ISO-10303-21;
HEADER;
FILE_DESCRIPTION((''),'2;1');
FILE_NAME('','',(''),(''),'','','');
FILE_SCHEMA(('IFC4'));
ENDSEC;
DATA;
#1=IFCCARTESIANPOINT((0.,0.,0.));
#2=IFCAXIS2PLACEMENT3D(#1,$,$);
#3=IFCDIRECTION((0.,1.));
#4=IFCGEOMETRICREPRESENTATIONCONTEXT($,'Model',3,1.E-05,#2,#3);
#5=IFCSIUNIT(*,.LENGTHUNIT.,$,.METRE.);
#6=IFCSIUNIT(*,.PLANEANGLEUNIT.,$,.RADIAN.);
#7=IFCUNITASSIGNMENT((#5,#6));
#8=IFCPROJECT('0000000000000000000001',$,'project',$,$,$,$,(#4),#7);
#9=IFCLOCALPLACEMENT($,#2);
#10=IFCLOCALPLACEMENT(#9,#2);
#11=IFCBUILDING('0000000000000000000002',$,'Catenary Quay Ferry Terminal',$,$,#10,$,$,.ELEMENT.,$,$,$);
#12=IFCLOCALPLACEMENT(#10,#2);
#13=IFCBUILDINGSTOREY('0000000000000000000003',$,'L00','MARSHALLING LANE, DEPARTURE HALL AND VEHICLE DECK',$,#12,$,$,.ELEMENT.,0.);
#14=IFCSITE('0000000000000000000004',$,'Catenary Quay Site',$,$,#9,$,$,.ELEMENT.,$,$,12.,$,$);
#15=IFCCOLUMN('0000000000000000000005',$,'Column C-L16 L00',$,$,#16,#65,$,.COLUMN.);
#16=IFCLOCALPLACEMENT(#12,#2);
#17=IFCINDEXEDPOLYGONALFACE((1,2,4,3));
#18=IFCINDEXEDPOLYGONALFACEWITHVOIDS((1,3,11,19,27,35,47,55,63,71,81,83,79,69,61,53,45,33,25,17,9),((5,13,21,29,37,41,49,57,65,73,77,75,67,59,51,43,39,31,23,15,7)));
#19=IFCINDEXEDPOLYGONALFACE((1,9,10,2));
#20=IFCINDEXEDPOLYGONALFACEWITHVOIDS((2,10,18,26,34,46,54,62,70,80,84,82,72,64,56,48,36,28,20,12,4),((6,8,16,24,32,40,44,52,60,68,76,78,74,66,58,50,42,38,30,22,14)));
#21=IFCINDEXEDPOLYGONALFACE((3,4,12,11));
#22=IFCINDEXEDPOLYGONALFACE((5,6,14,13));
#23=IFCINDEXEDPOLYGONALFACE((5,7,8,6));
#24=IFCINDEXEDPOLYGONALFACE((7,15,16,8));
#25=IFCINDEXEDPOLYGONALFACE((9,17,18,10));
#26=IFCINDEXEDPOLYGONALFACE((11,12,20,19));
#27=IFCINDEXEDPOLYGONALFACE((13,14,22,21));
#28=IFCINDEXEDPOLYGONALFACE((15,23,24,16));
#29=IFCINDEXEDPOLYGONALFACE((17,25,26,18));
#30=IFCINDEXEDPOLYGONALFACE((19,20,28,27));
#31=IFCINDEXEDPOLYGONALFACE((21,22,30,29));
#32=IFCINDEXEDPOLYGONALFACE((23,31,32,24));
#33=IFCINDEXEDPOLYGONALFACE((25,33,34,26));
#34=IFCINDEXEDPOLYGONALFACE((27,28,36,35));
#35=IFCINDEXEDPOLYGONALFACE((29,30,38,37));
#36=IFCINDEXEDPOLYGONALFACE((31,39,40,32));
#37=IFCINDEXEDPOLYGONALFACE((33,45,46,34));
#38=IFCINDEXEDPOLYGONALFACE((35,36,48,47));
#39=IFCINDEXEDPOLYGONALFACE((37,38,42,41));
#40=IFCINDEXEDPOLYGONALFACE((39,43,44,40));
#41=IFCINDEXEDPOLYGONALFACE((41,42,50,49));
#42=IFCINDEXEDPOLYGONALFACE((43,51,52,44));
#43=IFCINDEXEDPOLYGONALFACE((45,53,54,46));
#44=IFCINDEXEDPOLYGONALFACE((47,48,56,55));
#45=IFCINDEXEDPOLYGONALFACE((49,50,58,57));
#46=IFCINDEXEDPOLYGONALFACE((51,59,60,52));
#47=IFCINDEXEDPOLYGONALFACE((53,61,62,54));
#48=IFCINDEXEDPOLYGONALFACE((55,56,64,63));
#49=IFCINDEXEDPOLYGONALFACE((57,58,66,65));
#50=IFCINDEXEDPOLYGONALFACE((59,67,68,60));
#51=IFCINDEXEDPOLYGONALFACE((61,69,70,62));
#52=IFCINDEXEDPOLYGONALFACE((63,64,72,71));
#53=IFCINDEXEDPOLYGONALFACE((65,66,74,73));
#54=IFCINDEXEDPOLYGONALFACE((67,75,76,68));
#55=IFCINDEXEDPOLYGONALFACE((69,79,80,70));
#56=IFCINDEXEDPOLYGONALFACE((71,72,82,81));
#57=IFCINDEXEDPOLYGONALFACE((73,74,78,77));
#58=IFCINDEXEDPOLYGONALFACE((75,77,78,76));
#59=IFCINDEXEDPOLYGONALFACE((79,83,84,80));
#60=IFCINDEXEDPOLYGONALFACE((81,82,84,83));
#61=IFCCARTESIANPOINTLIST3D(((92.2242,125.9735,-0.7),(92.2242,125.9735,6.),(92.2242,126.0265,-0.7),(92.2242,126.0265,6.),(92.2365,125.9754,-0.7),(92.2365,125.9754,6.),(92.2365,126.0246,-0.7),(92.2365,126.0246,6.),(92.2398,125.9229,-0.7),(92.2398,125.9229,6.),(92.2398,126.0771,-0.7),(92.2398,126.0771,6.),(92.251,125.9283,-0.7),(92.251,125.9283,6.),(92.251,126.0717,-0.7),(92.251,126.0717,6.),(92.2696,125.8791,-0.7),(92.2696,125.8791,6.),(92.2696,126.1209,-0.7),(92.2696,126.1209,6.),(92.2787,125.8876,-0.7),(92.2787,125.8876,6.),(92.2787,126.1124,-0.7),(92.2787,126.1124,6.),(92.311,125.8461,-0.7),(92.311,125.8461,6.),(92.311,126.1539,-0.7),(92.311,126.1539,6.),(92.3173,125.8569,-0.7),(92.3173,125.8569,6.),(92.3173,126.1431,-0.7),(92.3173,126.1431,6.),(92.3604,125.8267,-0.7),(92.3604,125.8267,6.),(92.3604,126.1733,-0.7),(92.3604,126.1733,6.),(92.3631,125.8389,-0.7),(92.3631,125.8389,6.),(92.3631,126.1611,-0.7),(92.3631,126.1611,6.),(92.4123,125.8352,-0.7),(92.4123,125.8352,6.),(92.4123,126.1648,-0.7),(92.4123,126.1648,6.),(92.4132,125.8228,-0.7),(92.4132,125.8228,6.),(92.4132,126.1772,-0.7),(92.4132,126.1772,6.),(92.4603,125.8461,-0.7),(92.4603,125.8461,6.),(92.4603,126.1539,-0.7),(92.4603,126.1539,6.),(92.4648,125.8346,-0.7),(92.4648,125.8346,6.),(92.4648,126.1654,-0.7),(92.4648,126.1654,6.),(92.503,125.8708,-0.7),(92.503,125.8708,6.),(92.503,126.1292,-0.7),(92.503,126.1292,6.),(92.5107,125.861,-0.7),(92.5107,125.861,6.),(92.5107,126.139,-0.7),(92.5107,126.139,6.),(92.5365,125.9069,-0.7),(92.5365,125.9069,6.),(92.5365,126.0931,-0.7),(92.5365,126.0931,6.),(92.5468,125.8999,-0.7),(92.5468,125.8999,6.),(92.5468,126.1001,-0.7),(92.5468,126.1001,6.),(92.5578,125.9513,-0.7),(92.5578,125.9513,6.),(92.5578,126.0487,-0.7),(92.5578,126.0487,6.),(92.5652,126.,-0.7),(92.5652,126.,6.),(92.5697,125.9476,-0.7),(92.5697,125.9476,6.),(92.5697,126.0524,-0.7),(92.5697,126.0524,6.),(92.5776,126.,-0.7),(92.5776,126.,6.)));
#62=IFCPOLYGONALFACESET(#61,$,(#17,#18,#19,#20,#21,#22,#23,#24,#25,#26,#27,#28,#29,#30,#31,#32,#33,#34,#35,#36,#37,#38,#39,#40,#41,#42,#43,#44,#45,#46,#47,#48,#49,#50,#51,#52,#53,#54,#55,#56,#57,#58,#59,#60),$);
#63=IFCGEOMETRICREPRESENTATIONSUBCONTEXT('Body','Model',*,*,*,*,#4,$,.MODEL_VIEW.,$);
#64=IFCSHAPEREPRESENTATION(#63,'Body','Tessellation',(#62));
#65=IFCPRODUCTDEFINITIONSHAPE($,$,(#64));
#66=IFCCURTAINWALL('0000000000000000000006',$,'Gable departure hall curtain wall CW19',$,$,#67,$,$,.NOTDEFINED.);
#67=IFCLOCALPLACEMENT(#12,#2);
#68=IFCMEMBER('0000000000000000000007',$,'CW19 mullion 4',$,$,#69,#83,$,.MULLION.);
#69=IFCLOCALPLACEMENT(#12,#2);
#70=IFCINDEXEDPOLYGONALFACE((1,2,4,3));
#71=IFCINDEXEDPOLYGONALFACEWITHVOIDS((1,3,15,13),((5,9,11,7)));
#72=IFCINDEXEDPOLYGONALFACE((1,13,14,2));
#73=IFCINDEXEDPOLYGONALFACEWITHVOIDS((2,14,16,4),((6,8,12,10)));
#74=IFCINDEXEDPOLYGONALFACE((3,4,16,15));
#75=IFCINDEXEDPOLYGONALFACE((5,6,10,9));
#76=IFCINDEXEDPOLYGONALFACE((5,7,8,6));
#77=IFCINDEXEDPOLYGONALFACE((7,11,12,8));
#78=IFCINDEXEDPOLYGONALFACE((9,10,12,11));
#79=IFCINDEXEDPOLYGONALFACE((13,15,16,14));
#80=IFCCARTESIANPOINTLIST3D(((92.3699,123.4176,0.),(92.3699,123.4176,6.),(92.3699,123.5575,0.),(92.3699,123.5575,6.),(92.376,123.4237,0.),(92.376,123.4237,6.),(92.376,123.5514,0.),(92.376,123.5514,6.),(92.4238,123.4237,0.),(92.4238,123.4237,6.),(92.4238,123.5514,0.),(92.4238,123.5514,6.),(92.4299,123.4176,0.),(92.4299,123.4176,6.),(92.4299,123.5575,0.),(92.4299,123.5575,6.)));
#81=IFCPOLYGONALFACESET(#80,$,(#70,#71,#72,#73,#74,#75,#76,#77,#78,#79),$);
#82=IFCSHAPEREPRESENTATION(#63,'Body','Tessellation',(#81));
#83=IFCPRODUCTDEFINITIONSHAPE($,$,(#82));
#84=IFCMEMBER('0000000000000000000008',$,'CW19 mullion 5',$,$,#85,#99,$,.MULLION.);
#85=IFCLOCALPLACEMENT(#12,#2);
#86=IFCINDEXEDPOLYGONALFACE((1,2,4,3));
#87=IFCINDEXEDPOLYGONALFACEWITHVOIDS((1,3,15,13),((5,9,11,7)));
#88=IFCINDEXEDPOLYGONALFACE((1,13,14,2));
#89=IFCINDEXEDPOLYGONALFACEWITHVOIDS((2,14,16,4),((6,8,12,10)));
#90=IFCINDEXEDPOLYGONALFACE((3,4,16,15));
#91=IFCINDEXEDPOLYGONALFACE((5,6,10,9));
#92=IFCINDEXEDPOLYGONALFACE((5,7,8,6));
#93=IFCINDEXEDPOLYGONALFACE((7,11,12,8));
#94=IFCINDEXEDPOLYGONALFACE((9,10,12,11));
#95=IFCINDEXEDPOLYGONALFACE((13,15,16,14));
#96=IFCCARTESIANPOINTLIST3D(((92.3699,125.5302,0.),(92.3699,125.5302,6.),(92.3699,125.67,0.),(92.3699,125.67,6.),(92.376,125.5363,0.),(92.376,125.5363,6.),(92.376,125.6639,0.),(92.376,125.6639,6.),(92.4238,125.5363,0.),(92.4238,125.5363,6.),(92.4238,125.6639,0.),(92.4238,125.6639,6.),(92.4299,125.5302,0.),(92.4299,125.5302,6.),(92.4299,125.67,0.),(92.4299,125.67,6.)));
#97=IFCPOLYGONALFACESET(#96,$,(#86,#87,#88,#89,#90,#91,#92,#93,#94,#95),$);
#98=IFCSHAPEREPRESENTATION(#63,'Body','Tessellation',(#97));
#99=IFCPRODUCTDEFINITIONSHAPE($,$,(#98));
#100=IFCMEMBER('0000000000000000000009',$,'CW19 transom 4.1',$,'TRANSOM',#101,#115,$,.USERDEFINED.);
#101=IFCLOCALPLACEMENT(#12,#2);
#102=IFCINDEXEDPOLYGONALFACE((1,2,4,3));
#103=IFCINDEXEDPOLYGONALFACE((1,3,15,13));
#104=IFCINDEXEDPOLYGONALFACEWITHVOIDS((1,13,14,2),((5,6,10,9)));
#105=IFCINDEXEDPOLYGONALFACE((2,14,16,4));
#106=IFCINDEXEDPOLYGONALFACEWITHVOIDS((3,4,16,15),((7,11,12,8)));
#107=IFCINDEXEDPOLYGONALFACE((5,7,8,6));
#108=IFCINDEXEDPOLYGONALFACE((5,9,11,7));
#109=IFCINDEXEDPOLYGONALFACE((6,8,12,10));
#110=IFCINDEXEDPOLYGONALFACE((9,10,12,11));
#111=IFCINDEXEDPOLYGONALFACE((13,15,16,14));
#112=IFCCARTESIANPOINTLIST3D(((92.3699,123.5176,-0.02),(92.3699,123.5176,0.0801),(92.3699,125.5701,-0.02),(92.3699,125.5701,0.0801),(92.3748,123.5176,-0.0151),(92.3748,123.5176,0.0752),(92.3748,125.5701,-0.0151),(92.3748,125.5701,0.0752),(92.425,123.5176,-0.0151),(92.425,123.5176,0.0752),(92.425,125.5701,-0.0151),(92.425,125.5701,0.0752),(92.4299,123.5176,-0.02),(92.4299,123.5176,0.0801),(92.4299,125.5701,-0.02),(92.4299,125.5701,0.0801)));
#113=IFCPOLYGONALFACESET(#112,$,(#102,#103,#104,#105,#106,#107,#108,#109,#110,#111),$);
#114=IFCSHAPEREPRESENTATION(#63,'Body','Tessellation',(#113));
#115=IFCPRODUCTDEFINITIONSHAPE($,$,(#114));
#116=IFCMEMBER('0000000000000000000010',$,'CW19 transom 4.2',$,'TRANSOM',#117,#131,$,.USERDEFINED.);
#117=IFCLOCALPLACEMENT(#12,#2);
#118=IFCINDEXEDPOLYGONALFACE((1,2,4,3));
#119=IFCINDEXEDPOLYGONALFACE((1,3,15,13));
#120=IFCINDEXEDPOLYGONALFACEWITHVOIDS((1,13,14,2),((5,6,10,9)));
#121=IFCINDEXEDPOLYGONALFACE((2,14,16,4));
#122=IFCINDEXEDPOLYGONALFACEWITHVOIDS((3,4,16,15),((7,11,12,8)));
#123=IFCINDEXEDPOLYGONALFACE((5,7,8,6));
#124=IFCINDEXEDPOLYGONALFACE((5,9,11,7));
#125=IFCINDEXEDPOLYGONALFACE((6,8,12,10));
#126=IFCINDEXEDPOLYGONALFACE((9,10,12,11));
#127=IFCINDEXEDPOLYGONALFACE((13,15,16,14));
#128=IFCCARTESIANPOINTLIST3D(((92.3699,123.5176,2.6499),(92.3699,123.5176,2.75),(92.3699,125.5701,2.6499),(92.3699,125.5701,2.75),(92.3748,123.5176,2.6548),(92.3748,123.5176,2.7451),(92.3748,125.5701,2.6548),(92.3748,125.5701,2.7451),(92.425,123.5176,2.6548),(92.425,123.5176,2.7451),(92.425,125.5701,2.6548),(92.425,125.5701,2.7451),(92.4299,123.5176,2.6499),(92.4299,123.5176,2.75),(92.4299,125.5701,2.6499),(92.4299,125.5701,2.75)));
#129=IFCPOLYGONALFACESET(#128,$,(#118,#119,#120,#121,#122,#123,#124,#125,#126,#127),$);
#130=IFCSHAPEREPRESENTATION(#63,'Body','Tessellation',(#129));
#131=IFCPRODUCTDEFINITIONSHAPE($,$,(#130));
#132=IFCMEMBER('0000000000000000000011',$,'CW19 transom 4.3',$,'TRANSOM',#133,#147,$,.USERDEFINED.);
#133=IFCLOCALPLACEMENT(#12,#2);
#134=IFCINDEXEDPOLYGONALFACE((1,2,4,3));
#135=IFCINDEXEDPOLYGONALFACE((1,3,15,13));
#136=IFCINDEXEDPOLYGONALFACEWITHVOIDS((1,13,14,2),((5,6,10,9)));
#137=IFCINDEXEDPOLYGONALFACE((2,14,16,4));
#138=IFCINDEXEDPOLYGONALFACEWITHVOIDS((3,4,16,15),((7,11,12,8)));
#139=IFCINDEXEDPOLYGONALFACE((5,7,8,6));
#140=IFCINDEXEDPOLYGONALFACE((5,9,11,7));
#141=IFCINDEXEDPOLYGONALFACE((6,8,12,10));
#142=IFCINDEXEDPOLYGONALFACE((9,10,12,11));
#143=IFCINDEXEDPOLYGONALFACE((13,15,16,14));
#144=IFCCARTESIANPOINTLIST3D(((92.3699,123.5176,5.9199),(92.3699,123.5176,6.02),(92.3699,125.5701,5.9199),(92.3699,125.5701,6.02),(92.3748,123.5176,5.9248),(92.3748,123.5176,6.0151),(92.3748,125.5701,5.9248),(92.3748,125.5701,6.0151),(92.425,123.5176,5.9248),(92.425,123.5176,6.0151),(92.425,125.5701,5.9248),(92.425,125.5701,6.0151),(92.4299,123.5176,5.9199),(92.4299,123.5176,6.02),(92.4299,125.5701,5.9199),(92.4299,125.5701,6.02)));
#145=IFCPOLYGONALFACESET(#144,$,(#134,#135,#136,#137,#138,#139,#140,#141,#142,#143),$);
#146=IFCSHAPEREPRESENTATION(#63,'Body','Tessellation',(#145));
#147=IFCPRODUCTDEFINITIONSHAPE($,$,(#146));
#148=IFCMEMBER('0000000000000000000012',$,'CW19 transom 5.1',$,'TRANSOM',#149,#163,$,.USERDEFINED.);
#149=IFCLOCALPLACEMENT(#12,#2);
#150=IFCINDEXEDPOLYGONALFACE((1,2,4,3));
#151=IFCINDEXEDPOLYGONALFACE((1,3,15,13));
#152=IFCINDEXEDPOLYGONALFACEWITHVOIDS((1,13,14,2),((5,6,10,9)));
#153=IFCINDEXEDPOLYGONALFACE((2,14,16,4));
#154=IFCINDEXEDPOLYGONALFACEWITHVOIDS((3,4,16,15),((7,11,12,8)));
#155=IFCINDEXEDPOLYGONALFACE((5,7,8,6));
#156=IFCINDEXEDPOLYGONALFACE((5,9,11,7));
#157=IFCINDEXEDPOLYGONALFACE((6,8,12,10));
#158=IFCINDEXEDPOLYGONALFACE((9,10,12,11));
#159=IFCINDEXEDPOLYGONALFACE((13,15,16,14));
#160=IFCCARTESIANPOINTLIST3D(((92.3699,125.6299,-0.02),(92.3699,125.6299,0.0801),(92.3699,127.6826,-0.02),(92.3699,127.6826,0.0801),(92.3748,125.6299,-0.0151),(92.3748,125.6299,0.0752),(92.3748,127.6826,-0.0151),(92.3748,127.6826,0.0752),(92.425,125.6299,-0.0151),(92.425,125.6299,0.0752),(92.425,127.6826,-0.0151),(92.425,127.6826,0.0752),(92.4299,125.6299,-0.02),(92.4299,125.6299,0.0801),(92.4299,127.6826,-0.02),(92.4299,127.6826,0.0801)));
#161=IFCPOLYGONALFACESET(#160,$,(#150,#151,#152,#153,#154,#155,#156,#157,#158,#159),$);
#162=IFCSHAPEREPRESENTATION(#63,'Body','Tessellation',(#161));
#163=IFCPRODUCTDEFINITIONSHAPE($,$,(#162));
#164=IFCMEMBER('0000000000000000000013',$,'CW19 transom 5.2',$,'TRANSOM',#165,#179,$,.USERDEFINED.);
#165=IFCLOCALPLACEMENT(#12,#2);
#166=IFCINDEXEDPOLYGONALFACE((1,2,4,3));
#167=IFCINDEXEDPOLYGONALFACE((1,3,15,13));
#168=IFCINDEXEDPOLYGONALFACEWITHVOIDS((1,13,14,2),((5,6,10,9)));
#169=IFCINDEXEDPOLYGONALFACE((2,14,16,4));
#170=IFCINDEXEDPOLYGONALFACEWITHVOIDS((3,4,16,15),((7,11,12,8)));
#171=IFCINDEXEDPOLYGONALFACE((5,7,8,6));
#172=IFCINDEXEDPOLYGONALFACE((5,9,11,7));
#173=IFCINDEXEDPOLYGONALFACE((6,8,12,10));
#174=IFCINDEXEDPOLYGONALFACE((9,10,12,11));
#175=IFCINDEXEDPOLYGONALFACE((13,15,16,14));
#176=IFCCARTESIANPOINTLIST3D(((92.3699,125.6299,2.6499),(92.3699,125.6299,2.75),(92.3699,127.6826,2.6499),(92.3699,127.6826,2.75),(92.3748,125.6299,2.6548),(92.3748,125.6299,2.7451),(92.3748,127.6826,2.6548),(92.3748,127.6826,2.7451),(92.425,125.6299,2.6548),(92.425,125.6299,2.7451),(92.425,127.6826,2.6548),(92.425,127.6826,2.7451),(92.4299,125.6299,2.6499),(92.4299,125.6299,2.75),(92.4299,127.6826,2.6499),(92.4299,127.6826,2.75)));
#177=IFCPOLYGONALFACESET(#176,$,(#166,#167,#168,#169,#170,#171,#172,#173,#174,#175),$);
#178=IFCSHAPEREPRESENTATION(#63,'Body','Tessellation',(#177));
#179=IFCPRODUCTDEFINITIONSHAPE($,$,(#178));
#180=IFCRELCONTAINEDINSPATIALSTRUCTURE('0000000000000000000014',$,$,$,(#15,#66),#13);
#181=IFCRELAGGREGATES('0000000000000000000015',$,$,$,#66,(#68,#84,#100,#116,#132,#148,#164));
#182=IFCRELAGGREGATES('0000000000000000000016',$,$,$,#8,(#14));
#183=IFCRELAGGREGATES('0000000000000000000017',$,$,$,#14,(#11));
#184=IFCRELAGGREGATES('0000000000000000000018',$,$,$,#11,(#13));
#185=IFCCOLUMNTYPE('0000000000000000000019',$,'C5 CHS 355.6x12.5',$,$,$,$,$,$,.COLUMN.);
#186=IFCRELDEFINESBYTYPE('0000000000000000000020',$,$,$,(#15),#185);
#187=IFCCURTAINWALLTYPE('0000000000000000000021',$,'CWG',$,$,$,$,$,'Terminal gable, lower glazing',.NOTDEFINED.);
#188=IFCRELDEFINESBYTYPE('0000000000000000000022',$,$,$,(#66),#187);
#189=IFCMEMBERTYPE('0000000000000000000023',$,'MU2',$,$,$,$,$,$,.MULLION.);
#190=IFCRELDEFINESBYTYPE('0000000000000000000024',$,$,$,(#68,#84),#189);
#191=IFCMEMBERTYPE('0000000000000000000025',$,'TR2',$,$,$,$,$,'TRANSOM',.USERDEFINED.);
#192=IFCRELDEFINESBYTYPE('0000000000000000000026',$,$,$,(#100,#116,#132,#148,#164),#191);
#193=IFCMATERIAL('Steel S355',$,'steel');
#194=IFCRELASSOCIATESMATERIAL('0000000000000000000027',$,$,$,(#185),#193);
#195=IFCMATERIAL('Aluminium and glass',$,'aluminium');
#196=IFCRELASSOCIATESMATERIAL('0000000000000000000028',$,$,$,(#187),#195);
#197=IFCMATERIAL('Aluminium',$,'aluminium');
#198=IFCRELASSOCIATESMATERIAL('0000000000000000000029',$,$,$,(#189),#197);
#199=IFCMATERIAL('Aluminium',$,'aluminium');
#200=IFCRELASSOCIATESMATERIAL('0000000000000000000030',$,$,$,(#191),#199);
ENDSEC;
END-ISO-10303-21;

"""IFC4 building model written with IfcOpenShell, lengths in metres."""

from ifc_helpers import new_model, si_unit, direction, frame, origin, origin_2d, place, context, subcontext, project, spatial, hollow_rectangle, hollow_circle, extrude, material, material_profile, profile_set, type_object, element, aggregate, save


model = new_model("IFC4")

# Units and contexts
model_context = context("Model", 3, precision=1e-05, world=origin(), true_north=direction((0.0, 1.0)))
body_context = subcontext(model_context, "Body", "Model", "MODEL_VIEW")
ifc_project = project(units=[si_unit("LENGTHUNIT", "METRE"), si_unit("PLANEANGLEUNIT", "RADIAN")], contexts=[model_context])

# Site, building, storey
site_placement = place(None, origin())
site = spatial("IfcSite", under=ifc_project, at=site_placement, Name="Catenary Quay Site", CompositionType="ELEMENT", RefElevation=12.0)
building_placement = place(site_placement, origin())
building = spatial("IfcBuilding", under=site, at=building_placement, Name="Catenary Quay Ferry Terminal", CompositionType="ELEMENT")
storey_placement = place(building_placement, origin())
storey = spatial("IfcBuildingStorey", under=building, at=storey_placement, Name="L00", Description="MARSHALLING LANE, DEPARTURE HALL AND VEHICLE DECK", CompositionType="ELEMENT", Elevation=0.0)

# Column
ifc_material_1 = material(Name="Steel S355", Category="steel")
ifc_material_profile_1 = material_profile(ifc_material_1, hollow_circle(Radius=0.1777, WallThickness=0.0125, at=origin_2d()), Name="CHS 355.6x12.5")
ifc_profile_set_1 = profile_set([ifc_material_profile_1], Name="Steel S355")
column_type = type_object("IfcColumnType", Name="C5 CHS 355.6x12.5", PredefinedType="COLUMN", material=ifc_profile_set_1)
column_placement = place(storey_placement, frame((92.3999, 126.0, -0.7), z_axis=(0.0, 0.0, 1.0), x_axis=(1.0, 0.0, 0.0)))
element("IfcColumn", 1, at=column_placement, inside=storey, type_object=column_type, Name="Column C-L16 L00", PredefinedType="COLUMN", context=body_context, shape_type="SweptSolid", body=[
    extrude(hollow_circle(Radius=0.1777, WallThickness=0.0125, at=origin_2d()), origin(), (0.0, 0.0, 1.0), 6.7),
])

# Curtain wall, members
ifc_material_2 = material(Name="Aluminium and glass", Category="aluminium")
curtain_wall_type = type_object("IfcCurtainWallType", Name="CWG", ElementType="Terminal gable, lower glazing", PredefinedType="NOTDEFINED", material=ifc_material_2)
curtain_wall_placement = place(storey_placement, origin())
curtain_wall = element("IfcCurtainWall", 2, at=curtain_wall_placement, inside=storey, type_object=curtain_wall_type, Name="Gable departure hall curtain wall CW19", PredefinedType="NOTDEFINED")
ifc_material_3 = material(Name="Aluminium", Category="aluminium")
ifc_material_profile_2 = material_profile(ifc_material_3, hollow_rectangle(XDim=0.0601, YDim=0.1399, WallThickness=0.0061, at=origin_2d()), Name="MU2")
ifc_profile_set_2 = profile_set([ifc_material_profile_2], Name="Aluminium")
member_type_1 = type_object("IfcMemberType", Name="MU2", PredefinedType="MULLION", material=ifc_profile_set_2)
member_1_placement = place(storey_placement, frame((92.3999, 123.4875, 0.0), z_axis=(0.0, 0.0, 1.0), x_axis=(-1.0, 0.0, 0.0)))
member_1 = element("IfcMember", 3, at=member_1_placement, type_object=member_type_1, Name="CW19 mullion 4", PredefinedType="MULLION", context=body_context, shape_type="SweptSolid", body=[
    extrude(hollow_rectangle(XDim=0.0601, YDim=0.1399, WallThickness=0.0061, at=origin_2d()), origin(), (0.0, 0.0, 1.0), 6.0),
])
member_2_placement = place(storey_placement, frame((92.3999, 125.6001, 0.0), z_axis=(0.0, 0.0, 1.0), x_axis=(-1.0, 0.0, 0.0)))
member_2 = element("IfcMember", 4, at=member_2_placement, type_object=member_type_1, Name="CW19 mullion 5", PredefinedType="MULLION", context=body_context, shape_type="SweptSolid", body=[
    extrude(hollow_rectangle(XDim=0.0601, YDim=0.1399, WallThickness=0.0061, at=origin_2d()), origin(), (0.0, 0.0, 1.0), 6.0),
])
ifc_material_4 = material(Name="Aluminium", Category="aluminium")
ifc_material_profile_3 = material_profile(ifc_material_4, hollow_rectangle(XDim=0.0601, YDim=0.1001, WallThickness=0.0049, at=origin_2d()), Name="TR2")
ifc_profile_set_3 = profile_set([ifc_material_profile_3], Name="Aluminium")
member_type_2 = type_object("IfcMemberType", Name="TR2", ElementType="TRANSOM", PredefinedType="USERDEFINED", material=ifc_profile_set_3)
member_3_placement = place(storey_placement, frame((92.3999, 123.5176, 0.03), z_axis=(0.0, 1.0, 0.0), x_axis=(-1.0, 0.0, 0.0)))
member_3 = element("IfcMember", 5, at=member_3_placement, type_object=member_type_2, Name="CW19 transom 4.1", ObjectType="TRANSOM", PredefinedType="USERDEFINED", context=body_context, shape_type="SweptSolid", body=[
    extrude(hollow_rectangle(XDim=0.0601, YDim=0.1001, WallThickness=0.0049, at=origin_2d()), origin(), (0.0, 0.0, 1.0), 2.0525),
])
member_4_placement = place(storey_placement, frame((92.3999, 123.5176, 2.7), z_axis=(0.0, 1.0, 0.0), x_axis=(-1.0, 0.0, 0.0)))
member_4 = element("IfcMember", 6, at=member_4_placement, type_object=member_type_2, Name="CW19 transom 4.2", ObjectType="TRANSOM", PredefinedType="USERDEFINED", context=body_context, shape_type="SweptSolid", body=[
    extrude(hollow_rectangle(XDim=0.0601, YDim=0.1001, WallThickness=0.0049, at=origin_2d()), origin(), (0.0, 0.0, 1.0), 2.0525),
])
member_5_placement = place(storey_placement, frame((92.3999, 123.5176, 5.97), z_axis=(0.0, 1.0, 0.0), x_axis=(-1.0, 0.0, 0.0)))
member_5 = element("IfcMember", 7, at=member_5_placement, type_object=member_type_2, Name="CW19 transom 4.3", ObjectType="TRANSOM", PredefinedType="USERDEFINED", context=body_context, shape_type="SweptSolid", body=[
    extrude(hollow_rectangle(XDim=0.0601, YDim=0.1001, WallThickness=0.0049, at=origin_2d()), origin(), (0.0, 0.0, 1.0), 2.0525),
])
member_6_placement = place(storey_placement, frame((92.3999, 125.6299, 0.03), z_axis=(0.0, 1.0, 0.0), x_axis=(-1.0, 0.0, 0.0)))
member_6 = element("IfcMember", 8, at=member_6_placement, type_object=member_type_2, Name="CW19 transom 5.1", ObjectType="TRANSOM", PredefinedType="USERDEFINED", context=body_context, shape_type="SweptSolid", body=[
    extrude(hollow_rectangle(XDim=0.0601, YDim=0.1001, WallThickness=0.0049, at=origin_2d()), origin(), (0.0, 0.0, 1.0), 2.0527),
])
member_7_placement = place(storey_placement, frame((92.3999, 125.6299, 2.7), z_axis=(0.0, 1.0, 0.0), x_axis=(-1.0, 0.0, 0.0)))
member_7 = element("IfcMember", 9, at=member_7_placement, type_object=member_type_2, Name="CW19 transom 5.2", ObjectType="TRANSOM", PredefinedType="USERDEFINED", context=body_context, shape_type="SweptSolid", body=[
    extrude(hollow_rectangle(XDim=0.0601, YDim=0.1001, WallThickness=0.0049, at=origin_2d()), origin(), (0.0, 0.0, 1.0), 2.0527),
])
aggregate(curtain_wall, [member_1, member_2, member_3, member_4, member_5, member_6, member_7])

save(model, "model.ifc")
